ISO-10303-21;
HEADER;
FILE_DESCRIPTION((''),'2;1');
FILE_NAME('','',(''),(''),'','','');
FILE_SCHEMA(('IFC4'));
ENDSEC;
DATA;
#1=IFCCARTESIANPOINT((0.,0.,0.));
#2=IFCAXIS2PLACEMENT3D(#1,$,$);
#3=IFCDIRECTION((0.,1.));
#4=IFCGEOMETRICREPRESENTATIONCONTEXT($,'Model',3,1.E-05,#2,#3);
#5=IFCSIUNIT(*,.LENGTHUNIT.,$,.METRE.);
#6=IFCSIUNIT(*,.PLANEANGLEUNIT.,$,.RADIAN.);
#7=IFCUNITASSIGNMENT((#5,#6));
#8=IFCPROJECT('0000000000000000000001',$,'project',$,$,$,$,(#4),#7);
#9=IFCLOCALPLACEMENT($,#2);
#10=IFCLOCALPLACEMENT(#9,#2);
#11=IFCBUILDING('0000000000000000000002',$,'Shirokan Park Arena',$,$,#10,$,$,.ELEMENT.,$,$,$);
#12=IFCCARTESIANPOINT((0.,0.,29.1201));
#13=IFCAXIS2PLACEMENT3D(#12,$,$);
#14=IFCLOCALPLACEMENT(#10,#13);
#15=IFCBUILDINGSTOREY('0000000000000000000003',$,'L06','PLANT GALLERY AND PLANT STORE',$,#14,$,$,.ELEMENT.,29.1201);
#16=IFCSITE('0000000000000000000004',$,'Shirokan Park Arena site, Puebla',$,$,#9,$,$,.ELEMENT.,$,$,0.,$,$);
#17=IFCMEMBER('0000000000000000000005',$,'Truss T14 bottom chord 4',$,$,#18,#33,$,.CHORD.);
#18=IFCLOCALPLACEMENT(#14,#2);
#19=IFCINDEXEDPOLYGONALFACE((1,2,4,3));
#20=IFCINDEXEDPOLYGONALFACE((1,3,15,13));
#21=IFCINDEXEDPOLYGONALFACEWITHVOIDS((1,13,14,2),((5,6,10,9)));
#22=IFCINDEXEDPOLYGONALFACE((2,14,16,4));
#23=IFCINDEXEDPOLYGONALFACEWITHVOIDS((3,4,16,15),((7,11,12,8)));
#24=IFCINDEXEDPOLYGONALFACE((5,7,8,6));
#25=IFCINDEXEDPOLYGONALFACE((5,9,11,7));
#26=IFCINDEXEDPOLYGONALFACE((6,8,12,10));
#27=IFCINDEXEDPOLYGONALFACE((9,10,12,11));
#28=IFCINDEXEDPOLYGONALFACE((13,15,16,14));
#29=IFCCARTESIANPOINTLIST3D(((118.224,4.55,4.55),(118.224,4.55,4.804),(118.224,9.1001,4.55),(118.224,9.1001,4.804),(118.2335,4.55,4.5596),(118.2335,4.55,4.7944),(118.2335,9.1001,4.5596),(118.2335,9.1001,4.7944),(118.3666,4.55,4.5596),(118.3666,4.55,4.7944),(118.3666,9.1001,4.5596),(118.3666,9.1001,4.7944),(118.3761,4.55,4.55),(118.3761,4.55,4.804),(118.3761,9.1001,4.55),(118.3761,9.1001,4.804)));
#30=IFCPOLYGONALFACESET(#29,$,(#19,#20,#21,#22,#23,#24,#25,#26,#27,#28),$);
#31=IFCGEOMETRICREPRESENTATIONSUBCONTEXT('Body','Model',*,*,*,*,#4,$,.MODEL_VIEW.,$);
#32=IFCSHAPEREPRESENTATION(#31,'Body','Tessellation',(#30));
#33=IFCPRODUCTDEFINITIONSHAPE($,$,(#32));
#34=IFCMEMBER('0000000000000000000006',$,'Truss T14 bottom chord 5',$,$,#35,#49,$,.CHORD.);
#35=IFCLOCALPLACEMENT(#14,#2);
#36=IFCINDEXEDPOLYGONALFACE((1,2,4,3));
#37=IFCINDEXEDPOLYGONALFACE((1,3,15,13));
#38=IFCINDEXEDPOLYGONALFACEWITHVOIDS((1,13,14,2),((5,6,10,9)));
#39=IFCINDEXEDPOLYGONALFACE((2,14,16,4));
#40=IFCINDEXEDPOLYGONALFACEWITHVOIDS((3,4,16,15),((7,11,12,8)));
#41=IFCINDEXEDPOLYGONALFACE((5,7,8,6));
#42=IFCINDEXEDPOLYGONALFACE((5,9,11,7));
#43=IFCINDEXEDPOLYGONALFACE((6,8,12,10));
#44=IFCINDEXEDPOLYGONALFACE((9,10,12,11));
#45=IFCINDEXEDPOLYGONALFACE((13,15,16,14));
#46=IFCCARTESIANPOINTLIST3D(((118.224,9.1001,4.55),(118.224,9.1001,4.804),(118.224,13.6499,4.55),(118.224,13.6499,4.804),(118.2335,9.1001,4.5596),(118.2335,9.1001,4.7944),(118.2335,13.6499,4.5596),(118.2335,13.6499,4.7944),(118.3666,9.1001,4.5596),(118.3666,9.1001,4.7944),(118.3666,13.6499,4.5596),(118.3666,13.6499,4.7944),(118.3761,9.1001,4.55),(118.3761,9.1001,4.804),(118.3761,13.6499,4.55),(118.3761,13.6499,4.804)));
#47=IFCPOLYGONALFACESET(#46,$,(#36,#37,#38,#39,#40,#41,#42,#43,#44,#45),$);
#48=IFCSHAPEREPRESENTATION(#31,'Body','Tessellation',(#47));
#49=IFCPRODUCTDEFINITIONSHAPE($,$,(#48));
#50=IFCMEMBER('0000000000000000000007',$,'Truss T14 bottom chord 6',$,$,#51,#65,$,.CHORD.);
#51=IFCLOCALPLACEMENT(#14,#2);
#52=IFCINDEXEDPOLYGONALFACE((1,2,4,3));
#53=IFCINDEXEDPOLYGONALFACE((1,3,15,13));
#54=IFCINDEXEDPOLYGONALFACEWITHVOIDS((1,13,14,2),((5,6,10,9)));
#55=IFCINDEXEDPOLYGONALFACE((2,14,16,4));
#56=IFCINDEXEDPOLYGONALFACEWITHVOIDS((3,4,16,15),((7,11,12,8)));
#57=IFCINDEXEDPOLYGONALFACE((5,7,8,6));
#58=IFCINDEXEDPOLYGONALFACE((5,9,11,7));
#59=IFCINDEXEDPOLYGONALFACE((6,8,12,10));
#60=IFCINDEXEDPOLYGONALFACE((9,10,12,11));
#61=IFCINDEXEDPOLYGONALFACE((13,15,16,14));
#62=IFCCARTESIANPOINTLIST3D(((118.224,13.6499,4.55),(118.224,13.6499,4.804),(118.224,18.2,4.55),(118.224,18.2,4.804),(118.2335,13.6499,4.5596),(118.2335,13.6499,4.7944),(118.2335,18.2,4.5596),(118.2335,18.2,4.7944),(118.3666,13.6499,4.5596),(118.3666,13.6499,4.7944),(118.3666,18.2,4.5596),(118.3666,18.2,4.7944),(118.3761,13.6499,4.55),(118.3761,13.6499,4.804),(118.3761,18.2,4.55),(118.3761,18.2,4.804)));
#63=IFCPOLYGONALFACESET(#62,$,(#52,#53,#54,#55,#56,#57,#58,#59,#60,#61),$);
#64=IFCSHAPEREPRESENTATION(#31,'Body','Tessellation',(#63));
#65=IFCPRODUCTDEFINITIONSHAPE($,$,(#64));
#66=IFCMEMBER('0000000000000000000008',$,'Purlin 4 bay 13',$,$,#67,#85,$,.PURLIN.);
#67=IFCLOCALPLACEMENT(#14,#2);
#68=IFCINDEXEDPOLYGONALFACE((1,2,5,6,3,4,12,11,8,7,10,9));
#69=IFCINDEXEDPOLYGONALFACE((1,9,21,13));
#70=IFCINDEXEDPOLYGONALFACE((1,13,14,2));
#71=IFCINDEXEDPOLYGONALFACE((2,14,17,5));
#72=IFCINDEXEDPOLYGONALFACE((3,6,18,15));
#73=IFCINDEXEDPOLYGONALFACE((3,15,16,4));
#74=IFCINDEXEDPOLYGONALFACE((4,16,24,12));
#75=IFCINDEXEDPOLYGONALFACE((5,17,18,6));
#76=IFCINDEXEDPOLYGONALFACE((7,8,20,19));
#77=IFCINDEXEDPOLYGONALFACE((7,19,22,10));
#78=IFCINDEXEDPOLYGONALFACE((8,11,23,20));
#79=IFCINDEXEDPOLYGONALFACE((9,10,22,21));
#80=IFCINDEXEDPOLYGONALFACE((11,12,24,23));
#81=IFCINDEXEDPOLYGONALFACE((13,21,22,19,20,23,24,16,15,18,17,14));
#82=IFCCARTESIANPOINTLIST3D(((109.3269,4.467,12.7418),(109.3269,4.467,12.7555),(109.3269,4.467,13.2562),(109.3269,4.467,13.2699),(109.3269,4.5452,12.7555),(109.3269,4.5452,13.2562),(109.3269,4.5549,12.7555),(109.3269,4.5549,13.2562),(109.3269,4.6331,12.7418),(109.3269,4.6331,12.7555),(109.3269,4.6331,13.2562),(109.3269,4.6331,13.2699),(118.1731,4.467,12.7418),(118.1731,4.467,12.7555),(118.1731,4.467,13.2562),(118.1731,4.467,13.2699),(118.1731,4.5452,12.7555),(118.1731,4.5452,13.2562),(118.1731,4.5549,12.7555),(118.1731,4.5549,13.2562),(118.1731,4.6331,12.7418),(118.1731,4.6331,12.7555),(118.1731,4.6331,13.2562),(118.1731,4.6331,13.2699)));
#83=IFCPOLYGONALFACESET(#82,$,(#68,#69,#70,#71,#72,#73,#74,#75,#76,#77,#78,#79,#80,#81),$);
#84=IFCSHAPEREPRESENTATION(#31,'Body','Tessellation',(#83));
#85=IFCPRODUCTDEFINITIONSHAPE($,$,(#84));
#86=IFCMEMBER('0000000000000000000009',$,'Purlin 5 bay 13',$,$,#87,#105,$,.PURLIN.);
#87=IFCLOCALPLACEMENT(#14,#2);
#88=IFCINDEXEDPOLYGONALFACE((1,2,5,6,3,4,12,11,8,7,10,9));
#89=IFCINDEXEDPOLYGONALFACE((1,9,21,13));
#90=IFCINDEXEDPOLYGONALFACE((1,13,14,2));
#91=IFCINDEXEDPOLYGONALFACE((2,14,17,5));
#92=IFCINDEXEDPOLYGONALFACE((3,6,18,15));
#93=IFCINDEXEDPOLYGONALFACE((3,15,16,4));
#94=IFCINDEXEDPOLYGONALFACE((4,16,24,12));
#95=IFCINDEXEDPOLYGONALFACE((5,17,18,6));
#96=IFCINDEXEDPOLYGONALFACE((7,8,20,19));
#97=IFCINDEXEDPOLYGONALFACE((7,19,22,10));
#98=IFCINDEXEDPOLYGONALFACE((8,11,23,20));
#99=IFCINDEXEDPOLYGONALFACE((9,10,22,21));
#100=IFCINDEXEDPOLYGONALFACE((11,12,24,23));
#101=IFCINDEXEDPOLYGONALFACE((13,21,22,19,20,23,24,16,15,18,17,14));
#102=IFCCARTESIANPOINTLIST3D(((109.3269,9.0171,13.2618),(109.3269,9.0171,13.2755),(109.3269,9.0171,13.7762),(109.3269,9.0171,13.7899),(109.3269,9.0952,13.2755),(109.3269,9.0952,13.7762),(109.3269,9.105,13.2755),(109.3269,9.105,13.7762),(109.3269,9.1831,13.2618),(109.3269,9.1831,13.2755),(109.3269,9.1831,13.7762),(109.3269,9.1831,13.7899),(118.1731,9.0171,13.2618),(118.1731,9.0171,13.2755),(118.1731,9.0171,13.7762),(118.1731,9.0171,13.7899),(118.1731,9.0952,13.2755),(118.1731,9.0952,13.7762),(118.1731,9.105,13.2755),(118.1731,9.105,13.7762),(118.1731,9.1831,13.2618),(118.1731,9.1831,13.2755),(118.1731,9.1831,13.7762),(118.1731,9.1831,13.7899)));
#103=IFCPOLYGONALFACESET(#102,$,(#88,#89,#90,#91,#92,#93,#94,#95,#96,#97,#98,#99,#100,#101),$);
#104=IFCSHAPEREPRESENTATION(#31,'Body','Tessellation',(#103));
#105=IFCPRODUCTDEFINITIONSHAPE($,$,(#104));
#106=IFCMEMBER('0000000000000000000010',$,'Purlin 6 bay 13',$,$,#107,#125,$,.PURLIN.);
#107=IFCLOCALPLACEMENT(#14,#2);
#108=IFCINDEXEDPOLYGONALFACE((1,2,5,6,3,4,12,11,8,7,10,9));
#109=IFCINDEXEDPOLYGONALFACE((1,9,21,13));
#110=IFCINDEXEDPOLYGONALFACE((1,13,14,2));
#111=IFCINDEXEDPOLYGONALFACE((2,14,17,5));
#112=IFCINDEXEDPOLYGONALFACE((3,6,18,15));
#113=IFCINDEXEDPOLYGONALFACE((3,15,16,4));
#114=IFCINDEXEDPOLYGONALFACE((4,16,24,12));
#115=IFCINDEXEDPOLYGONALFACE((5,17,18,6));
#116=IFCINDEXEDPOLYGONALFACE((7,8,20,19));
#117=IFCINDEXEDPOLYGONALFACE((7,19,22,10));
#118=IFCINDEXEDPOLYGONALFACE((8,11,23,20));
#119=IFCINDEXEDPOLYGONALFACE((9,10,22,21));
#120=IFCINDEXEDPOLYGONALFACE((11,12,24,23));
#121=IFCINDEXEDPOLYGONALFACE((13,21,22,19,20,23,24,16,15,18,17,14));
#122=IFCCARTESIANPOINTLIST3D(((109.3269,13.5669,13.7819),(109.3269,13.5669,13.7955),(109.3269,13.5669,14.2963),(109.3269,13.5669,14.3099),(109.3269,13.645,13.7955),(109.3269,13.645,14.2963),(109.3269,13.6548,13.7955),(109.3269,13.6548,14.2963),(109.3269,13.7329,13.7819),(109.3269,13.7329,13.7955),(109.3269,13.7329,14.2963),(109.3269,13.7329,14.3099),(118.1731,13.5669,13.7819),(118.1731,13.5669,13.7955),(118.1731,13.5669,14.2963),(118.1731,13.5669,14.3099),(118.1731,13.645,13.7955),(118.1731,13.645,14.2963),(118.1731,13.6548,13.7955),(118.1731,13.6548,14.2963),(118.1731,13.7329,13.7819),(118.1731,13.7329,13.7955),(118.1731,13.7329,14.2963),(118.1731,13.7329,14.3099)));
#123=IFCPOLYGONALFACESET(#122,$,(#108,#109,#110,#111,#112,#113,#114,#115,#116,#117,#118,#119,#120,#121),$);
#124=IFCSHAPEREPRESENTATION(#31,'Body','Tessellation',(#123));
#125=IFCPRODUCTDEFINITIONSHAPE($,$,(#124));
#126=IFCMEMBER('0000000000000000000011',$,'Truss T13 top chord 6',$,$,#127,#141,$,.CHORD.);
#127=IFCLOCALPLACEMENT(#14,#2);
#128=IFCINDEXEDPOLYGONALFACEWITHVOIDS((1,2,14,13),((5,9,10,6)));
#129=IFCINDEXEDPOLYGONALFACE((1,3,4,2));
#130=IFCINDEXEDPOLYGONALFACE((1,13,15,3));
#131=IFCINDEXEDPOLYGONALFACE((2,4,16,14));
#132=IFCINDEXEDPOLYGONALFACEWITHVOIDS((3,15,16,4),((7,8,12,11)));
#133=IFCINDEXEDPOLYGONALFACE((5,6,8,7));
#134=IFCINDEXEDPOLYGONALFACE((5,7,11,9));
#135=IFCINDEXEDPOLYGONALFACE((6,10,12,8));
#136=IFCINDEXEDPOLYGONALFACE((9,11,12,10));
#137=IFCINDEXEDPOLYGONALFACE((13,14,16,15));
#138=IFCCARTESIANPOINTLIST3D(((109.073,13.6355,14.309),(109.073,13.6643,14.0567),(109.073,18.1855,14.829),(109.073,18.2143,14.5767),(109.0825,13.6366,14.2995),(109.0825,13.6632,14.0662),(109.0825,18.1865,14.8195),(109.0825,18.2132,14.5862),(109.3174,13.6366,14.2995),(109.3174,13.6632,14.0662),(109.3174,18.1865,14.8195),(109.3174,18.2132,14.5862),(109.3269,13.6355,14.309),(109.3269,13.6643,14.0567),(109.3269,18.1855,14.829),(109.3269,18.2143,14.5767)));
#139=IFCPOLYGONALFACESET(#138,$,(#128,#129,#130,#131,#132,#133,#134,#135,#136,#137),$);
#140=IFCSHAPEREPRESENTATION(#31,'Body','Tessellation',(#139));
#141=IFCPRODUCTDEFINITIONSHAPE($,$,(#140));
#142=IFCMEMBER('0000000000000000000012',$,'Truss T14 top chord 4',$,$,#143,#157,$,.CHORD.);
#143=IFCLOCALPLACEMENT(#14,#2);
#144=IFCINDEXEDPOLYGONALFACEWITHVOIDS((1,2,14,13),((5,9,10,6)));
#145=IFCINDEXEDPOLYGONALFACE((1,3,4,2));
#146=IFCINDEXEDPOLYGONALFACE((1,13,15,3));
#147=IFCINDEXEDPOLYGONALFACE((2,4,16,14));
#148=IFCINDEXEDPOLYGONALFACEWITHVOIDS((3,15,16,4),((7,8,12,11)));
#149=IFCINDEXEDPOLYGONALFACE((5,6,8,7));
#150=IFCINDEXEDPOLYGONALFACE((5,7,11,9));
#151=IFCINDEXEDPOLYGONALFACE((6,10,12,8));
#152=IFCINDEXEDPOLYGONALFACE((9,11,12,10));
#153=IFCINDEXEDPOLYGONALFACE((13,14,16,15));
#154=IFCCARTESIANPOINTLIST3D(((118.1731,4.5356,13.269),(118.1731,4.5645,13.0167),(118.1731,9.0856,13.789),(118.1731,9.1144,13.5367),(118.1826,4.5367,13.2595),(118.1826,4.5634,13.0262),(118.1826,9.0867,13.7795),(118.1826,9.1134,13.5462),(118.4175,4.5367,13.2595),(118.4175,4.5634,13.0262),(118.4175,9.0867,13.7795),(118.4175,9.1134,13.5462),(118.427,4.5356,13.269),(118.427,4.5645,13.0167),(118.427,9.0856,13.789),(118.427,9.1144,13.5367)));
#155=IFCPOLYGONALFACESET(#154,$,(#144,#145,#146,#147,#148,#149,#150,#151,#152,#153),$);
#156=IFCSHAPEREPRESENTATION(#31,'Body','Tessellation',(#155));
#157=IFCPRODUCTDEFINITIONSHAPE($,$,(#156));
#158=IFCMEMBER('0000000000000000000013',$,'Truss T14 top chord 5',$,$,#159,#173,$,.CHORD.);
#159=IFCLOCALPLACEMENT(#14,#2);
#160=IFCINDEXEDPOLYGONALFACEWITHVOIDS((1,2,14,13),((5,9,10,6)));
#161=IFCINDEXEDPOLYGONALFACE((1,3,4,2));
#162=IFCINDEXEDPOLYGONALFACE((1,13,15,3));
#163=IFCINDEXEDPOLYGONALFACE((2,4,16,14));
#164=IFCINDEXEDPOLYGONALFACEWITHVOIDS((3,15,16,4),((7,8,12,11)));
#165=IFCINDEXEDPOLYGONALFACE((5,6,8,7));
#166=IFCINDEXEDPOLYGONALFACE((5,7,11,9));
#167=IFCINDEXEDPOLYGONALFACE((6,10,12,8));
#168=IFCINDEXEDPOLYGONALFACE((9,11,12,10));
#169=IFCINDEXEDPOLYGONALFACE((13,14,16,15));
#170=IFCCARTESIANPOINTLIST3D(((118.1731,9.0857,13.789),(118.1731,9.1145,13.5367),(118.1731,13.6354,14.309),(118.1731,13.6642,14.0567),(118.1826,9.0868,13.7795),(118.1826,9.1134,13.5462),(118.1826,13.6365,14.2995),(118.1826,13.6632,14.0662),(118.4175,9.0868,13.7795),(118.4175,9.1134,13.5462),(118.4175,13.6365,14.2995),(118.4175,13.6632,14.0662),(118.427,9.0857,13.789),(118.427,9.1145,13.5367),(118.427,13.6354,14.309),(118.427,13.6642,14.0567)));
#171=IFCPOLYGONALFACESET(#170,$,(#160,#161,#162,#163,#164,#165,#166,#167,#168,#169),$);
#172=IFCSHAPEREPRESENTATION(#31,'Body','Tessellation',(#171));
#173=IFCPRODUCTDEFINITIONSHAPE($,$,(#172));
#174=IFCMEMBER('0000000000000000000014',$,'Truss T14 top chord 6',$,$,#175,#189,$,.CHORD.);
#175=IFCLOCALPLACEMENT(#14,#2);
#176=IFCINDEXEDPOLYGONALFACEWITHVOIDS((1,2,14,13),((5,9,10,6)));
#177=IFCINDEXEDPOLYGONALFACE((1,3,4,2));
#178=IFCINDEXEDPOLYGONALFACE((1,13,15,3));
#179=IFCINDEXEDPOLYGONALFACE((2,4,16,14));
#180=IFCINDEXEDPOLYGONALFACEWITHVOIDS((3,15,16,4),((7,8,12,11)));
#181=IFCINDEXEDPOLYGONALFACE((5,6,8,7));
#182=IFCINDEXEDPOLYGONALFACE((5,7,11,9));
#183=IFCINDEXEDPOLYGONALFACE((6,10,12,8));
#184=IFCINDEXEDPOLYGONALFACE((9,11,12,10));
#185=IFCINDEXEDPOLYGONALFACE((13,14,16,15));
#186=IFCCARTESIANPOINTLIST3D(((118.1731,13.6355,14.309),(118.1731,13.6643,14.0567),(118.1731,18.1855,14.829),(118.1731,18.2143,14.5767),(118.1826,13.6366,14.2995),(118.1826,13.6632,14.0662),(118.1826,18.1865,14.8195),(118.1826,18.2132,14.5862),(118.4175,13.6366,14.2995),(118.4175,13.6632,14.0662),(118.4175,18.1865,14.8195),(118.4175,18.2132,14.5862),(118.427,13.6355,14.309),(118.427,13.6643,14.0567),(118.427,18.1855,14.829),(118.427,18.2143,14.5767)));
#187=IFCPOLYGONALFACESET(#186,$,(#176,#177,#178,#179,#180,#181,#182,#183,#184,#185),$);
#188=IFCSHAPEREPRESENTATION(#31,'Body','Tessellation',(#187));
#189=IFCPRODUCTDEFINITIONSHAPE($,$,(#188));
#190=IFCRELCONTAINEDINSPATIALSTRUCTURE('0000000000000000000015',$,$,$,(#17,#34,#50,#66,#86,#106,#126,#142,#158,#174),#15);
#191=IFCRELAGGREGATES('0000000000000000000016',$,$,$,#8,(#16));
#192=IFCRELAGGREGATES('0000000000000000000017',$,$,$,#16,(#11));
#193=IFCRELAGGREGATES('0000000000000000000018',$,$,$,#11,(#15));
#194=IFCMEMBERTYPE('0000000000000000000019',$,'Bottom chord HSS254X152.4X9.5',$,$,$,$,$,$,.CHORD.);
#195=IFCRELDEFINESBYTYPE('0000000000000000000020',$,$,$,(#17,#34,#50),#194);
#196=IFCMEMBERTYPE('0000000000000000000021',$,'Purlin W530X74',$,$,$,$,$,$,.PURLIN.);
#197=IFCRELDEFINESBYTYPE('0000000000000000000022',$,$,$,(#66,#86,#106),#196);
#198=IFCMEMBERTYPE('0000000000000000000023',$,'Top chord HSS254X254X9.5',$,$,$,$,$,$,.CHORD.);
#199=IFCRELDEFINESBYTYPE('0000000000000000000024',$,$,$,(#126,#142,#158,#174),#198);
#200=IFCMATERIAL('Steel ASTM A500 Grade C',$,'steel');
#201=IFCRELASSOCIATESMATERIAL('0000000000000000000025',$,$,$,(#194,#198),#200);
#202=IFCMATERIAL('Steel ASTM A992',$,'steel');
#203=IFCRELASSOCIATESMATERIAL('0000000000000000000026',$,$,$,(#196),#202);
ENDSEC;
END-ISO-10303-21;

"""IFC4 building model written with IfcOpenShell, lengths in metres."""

from ifc_helpers import new_model, si_unit, direction, frame, origin, origin_2d, place, context, subcontext, project, spatial, hollow_rectangle, i_section, extrude, material, material_profile, profile_set, type_object, element, save


model = new_model("IFC4")

# Units and contexts
model_context = context("Model", 3, precision=1e-05, world=origin(), true_north=direction((0.0, 1.0)))
body_context = subcontext(model_context, "Body", "Model", "MODEL_VIEW")
ifc_project = project(units=[si_unit("LENGTHUNIT", "METRE"), si_unit("PLANEANGLEUNIT", "RADIAN")], contexts=[model_context])

# Site, building, storey
site_placement = place(None, origin())
site = spatial("IfcSite", under=ifc_project, at=site_placement, Name="Shirokan Park Arena site, Puebla", CompositionType="ELEMENT", RefElevation=0.0)
building_placement = place(site_placement, origin())
building = spatial("IfcBuilding", under=site, at=building_placement, Name="Shirokan Park Arena", CompositionType="ELEMENT")
storey_placement = place(building_placement, frame((0.0, 0.0, 29.1201)))
storey = spatial("IfcBuildingStorey", under=building, at=storey_placement, Name="L06", Description="PLANT GALLERY AND PLANT STORE", CompositionType="ELEMENT", Elevation=29.1201)

# Members
ifc_material_1 = material(Name="Steel ASTM A500 Grade C", Category="steel")
ifc_material_profile_1 = material_profile(ifc_material_1, hollow_rectangle(XDim=0.1521, YDim=0.2539, WallThickness=0.0095, at=origin_2d()), Name="HSS254X152.4X9.5")
ifc_profile_set_1 = profile_set([ifc_material_profile_1], Name="Steel ASTM A500 Grade C")
member_type_1 = type_object("IfcMemberType", Name="Bottom chord HSS254X152.4X9.5", PredefinedType="CHORD", material=ifc_profile_set_1)
member_1_placement = place(storey_placement, frame((118.3, 4.55, 4.677), z_axis=(0.0, 1.0, 0.0), x_axis=(-1.0, 0.0, 0.0)))
element("IfcMember", 1, at=member_1_placement, inside=storey, type_object=member_type_1, Name="Truss T14 bottom chord 4", PredefinedType="CHORD", context=body_context, shape_type="SweptSolid", body=[
    extrude(hollow_rectangle(XDim=0.1521, YDim=0.2539, WallThickness=0.0095, at=origin_2d()), origin(), (0.0, 0.0, 1.0), 4.55),
])
member_2_placement = place(storey_placement, frame((118.3, 9.1001, 4.677), z_axis=(0.0, 1.0, 0.0), x_axis=(-1.0, 0.0, 0.0)))
element("IfcMember", 2, at=member_2_placement, inside=storey, type_object=member_type_1, Name="Truss T14 bottom chord 5", PredefinedType="CHORD", context=body_context, shape_type="SweptSolid", body=[
    extrude(hollow_rectangle(XDim=0.1521, YDim=0.2539, WallThickness=0.0095, at=origin_2d()), origin(), (0.0, 0.0, 1.0), 4.5498),
])
member_3_placement = place(storey_placement, frame((118.3, 13.6499, 4.677), z_axis=(0.0, 1.0, 0.0), x_axis=(-1.0, 0.0, 0.0)))
element("IfcMember", 3, at=member_3_placement, inside=storey, type_object=member_type_1, Name="Truss T14 bottom chord 6", PredefinedType="CHORD", context=body_context, shape_type="SweptSolid", body=[
    extrude(hollow_rectangle(XDim=0.1521, YDim=0.2539, WallThickness=0.0095, at=origin_2d()), origin(), (0.0, 0.0, 1.0), 4.55),
])
ifc_material_2 = material(Name="Steel ASTM A992", Category="steel")
ifc_material_profile_2 = material_profile(ifc_material_2, i_section(OverallWidth=0.166, OverallDepth=0.5281, WebThickness=0.0098, FlangeThickness=0.0137, at=origin_2d()), Name="W530X74")
ifc_profile_set_2 = profile_set([ifc_material_profile_2], Name="Steel ASTM A992")
member_type_2 = type_object("IfcMemberType", Name="Purlin W530X74", PredefinedType="PURLIN", material=ifc_profile_set_2)
for number, where, z_axis, x_axis, name in (
    (4, (109.3269, 4.55, 13.0059), (1.0, 0.0, 0.0), (0.0, 1.0, 0.0), "Purlin 4 bay 13"),
    (5, (109.3269, 9.1001, 13.5259), (1.0, 0.0, 0.0), (0.0, 1.0, 0.0), "Purlin 5 bay 13"),
    (6, (109.3269, 13.6499, 14.0459), (1.0, 0.0, 0.0), (0.0, 1.0, 0.0), "Purlin 6 bay 13"),
):
    element("IfcMember", number, at=place(storey_placement, frame(where, z_axis=z_axis, x_axis=x_axis)), inside=storey, type_object=member_type_2, Name=name, PredefinedType="PURLIN", context=body_context, shape_type="SweptSolid", body=[
        extrude(i_section(OverallWidth=0.166, OverallDepth=0.5281, WebThickness=0.0098, FlangeThickness=0.0137, at=origin_2d()), origin(), (0.0, 0.0, 1.0), 8.8462),
    ])
ifc_material_profile_3 = material_profile(ifc_material_1, hollow_rectangle(XDim=0.2539, YDim=0.2539, WallThickness=0.0095, at=origin_2d()), Name="HSS254X254X9.5")
ifc_profile_set_3 = profile_set([ifc_material_profile_3], Name="Steel ASTM A500 Grade C")
member_type_3 = type_object("IfcMemberType", Name="Top chord HSS254X254X9.5", PredefinedType="CHORD", material=ifc_profile_set_3)
for number, where, z_axis, x_axis, name in (
    (7, (109.2, 13.6499, 14.1829), (0.0, 0.993532, 0.11355), (-1.0, 0.0, 0.0), "Truss T13 top chord 6"),
    (8, (118.3, 4.55, 13.1428), (0.0, 0.993532, 0.11355), (-1.0, 0.0, 0.0), "Truss T14 top chord 4"),
):
    element("IfcMember", number, at=place(storey_placement, frame(where, z_axis=z_axis, x_axis=x_axis)), inside=storey, type_object=member_type_3, Name=name, PredefinedType="CHORD", context=body_context, shape_type="SweptSolid", body=[
        extrude(hollow_rectangle(XDim=0.2539, YDim=0.2539, WallThickness=0.0095, at=origin_2d()), origin(), (0.0, 0.0, 1.0), 4.5796),
    ])
member_4_placement = place(storey_placement, frame((118.3, 9.1001, 13.6628), z_axis=(0.0, 0.993532, 0.113556), x_axis=(-1.0, 0.0, 0.0)))
element("IfcMember", 9, at=member_4_placement, inside=storey, type_object=member_type_3, Name="Truss T14 top chord 5", PredefinedType="CHORD", context=body_context, shape_type="SweptSolid", body=[
    extrude(hollow_rectangle(XDim=0.2539, YDim=0.2539, WallThickness=0.0095, at=origin_2d()), origin(), (0.0, 0.0, 1.0), 4.5793),
])
member_5_placement = place(storey_placement, frame((118.3, 13.6499, 14.1829), z_axis=(0.0, 0.993532, 0.11355), x_axis=(-1.0, 0.0, 0.0)))
element("IfcMember", 10, at=member_5_placement, inside=storey, type_object=member_type_3, Name="Truss T14 top chord 6", PredefinedType="CHORD", context=body_context, shape_type="SweptSolid", body=[
    extrude(hollow_rectangle(XDim=0.2539, YDim=0.2539, WallThickness=0.0095, at=origin_2d()), origin(), (0.0, 0.0, 1.0), 4.5796),
])

save(model, "model.ifc")
